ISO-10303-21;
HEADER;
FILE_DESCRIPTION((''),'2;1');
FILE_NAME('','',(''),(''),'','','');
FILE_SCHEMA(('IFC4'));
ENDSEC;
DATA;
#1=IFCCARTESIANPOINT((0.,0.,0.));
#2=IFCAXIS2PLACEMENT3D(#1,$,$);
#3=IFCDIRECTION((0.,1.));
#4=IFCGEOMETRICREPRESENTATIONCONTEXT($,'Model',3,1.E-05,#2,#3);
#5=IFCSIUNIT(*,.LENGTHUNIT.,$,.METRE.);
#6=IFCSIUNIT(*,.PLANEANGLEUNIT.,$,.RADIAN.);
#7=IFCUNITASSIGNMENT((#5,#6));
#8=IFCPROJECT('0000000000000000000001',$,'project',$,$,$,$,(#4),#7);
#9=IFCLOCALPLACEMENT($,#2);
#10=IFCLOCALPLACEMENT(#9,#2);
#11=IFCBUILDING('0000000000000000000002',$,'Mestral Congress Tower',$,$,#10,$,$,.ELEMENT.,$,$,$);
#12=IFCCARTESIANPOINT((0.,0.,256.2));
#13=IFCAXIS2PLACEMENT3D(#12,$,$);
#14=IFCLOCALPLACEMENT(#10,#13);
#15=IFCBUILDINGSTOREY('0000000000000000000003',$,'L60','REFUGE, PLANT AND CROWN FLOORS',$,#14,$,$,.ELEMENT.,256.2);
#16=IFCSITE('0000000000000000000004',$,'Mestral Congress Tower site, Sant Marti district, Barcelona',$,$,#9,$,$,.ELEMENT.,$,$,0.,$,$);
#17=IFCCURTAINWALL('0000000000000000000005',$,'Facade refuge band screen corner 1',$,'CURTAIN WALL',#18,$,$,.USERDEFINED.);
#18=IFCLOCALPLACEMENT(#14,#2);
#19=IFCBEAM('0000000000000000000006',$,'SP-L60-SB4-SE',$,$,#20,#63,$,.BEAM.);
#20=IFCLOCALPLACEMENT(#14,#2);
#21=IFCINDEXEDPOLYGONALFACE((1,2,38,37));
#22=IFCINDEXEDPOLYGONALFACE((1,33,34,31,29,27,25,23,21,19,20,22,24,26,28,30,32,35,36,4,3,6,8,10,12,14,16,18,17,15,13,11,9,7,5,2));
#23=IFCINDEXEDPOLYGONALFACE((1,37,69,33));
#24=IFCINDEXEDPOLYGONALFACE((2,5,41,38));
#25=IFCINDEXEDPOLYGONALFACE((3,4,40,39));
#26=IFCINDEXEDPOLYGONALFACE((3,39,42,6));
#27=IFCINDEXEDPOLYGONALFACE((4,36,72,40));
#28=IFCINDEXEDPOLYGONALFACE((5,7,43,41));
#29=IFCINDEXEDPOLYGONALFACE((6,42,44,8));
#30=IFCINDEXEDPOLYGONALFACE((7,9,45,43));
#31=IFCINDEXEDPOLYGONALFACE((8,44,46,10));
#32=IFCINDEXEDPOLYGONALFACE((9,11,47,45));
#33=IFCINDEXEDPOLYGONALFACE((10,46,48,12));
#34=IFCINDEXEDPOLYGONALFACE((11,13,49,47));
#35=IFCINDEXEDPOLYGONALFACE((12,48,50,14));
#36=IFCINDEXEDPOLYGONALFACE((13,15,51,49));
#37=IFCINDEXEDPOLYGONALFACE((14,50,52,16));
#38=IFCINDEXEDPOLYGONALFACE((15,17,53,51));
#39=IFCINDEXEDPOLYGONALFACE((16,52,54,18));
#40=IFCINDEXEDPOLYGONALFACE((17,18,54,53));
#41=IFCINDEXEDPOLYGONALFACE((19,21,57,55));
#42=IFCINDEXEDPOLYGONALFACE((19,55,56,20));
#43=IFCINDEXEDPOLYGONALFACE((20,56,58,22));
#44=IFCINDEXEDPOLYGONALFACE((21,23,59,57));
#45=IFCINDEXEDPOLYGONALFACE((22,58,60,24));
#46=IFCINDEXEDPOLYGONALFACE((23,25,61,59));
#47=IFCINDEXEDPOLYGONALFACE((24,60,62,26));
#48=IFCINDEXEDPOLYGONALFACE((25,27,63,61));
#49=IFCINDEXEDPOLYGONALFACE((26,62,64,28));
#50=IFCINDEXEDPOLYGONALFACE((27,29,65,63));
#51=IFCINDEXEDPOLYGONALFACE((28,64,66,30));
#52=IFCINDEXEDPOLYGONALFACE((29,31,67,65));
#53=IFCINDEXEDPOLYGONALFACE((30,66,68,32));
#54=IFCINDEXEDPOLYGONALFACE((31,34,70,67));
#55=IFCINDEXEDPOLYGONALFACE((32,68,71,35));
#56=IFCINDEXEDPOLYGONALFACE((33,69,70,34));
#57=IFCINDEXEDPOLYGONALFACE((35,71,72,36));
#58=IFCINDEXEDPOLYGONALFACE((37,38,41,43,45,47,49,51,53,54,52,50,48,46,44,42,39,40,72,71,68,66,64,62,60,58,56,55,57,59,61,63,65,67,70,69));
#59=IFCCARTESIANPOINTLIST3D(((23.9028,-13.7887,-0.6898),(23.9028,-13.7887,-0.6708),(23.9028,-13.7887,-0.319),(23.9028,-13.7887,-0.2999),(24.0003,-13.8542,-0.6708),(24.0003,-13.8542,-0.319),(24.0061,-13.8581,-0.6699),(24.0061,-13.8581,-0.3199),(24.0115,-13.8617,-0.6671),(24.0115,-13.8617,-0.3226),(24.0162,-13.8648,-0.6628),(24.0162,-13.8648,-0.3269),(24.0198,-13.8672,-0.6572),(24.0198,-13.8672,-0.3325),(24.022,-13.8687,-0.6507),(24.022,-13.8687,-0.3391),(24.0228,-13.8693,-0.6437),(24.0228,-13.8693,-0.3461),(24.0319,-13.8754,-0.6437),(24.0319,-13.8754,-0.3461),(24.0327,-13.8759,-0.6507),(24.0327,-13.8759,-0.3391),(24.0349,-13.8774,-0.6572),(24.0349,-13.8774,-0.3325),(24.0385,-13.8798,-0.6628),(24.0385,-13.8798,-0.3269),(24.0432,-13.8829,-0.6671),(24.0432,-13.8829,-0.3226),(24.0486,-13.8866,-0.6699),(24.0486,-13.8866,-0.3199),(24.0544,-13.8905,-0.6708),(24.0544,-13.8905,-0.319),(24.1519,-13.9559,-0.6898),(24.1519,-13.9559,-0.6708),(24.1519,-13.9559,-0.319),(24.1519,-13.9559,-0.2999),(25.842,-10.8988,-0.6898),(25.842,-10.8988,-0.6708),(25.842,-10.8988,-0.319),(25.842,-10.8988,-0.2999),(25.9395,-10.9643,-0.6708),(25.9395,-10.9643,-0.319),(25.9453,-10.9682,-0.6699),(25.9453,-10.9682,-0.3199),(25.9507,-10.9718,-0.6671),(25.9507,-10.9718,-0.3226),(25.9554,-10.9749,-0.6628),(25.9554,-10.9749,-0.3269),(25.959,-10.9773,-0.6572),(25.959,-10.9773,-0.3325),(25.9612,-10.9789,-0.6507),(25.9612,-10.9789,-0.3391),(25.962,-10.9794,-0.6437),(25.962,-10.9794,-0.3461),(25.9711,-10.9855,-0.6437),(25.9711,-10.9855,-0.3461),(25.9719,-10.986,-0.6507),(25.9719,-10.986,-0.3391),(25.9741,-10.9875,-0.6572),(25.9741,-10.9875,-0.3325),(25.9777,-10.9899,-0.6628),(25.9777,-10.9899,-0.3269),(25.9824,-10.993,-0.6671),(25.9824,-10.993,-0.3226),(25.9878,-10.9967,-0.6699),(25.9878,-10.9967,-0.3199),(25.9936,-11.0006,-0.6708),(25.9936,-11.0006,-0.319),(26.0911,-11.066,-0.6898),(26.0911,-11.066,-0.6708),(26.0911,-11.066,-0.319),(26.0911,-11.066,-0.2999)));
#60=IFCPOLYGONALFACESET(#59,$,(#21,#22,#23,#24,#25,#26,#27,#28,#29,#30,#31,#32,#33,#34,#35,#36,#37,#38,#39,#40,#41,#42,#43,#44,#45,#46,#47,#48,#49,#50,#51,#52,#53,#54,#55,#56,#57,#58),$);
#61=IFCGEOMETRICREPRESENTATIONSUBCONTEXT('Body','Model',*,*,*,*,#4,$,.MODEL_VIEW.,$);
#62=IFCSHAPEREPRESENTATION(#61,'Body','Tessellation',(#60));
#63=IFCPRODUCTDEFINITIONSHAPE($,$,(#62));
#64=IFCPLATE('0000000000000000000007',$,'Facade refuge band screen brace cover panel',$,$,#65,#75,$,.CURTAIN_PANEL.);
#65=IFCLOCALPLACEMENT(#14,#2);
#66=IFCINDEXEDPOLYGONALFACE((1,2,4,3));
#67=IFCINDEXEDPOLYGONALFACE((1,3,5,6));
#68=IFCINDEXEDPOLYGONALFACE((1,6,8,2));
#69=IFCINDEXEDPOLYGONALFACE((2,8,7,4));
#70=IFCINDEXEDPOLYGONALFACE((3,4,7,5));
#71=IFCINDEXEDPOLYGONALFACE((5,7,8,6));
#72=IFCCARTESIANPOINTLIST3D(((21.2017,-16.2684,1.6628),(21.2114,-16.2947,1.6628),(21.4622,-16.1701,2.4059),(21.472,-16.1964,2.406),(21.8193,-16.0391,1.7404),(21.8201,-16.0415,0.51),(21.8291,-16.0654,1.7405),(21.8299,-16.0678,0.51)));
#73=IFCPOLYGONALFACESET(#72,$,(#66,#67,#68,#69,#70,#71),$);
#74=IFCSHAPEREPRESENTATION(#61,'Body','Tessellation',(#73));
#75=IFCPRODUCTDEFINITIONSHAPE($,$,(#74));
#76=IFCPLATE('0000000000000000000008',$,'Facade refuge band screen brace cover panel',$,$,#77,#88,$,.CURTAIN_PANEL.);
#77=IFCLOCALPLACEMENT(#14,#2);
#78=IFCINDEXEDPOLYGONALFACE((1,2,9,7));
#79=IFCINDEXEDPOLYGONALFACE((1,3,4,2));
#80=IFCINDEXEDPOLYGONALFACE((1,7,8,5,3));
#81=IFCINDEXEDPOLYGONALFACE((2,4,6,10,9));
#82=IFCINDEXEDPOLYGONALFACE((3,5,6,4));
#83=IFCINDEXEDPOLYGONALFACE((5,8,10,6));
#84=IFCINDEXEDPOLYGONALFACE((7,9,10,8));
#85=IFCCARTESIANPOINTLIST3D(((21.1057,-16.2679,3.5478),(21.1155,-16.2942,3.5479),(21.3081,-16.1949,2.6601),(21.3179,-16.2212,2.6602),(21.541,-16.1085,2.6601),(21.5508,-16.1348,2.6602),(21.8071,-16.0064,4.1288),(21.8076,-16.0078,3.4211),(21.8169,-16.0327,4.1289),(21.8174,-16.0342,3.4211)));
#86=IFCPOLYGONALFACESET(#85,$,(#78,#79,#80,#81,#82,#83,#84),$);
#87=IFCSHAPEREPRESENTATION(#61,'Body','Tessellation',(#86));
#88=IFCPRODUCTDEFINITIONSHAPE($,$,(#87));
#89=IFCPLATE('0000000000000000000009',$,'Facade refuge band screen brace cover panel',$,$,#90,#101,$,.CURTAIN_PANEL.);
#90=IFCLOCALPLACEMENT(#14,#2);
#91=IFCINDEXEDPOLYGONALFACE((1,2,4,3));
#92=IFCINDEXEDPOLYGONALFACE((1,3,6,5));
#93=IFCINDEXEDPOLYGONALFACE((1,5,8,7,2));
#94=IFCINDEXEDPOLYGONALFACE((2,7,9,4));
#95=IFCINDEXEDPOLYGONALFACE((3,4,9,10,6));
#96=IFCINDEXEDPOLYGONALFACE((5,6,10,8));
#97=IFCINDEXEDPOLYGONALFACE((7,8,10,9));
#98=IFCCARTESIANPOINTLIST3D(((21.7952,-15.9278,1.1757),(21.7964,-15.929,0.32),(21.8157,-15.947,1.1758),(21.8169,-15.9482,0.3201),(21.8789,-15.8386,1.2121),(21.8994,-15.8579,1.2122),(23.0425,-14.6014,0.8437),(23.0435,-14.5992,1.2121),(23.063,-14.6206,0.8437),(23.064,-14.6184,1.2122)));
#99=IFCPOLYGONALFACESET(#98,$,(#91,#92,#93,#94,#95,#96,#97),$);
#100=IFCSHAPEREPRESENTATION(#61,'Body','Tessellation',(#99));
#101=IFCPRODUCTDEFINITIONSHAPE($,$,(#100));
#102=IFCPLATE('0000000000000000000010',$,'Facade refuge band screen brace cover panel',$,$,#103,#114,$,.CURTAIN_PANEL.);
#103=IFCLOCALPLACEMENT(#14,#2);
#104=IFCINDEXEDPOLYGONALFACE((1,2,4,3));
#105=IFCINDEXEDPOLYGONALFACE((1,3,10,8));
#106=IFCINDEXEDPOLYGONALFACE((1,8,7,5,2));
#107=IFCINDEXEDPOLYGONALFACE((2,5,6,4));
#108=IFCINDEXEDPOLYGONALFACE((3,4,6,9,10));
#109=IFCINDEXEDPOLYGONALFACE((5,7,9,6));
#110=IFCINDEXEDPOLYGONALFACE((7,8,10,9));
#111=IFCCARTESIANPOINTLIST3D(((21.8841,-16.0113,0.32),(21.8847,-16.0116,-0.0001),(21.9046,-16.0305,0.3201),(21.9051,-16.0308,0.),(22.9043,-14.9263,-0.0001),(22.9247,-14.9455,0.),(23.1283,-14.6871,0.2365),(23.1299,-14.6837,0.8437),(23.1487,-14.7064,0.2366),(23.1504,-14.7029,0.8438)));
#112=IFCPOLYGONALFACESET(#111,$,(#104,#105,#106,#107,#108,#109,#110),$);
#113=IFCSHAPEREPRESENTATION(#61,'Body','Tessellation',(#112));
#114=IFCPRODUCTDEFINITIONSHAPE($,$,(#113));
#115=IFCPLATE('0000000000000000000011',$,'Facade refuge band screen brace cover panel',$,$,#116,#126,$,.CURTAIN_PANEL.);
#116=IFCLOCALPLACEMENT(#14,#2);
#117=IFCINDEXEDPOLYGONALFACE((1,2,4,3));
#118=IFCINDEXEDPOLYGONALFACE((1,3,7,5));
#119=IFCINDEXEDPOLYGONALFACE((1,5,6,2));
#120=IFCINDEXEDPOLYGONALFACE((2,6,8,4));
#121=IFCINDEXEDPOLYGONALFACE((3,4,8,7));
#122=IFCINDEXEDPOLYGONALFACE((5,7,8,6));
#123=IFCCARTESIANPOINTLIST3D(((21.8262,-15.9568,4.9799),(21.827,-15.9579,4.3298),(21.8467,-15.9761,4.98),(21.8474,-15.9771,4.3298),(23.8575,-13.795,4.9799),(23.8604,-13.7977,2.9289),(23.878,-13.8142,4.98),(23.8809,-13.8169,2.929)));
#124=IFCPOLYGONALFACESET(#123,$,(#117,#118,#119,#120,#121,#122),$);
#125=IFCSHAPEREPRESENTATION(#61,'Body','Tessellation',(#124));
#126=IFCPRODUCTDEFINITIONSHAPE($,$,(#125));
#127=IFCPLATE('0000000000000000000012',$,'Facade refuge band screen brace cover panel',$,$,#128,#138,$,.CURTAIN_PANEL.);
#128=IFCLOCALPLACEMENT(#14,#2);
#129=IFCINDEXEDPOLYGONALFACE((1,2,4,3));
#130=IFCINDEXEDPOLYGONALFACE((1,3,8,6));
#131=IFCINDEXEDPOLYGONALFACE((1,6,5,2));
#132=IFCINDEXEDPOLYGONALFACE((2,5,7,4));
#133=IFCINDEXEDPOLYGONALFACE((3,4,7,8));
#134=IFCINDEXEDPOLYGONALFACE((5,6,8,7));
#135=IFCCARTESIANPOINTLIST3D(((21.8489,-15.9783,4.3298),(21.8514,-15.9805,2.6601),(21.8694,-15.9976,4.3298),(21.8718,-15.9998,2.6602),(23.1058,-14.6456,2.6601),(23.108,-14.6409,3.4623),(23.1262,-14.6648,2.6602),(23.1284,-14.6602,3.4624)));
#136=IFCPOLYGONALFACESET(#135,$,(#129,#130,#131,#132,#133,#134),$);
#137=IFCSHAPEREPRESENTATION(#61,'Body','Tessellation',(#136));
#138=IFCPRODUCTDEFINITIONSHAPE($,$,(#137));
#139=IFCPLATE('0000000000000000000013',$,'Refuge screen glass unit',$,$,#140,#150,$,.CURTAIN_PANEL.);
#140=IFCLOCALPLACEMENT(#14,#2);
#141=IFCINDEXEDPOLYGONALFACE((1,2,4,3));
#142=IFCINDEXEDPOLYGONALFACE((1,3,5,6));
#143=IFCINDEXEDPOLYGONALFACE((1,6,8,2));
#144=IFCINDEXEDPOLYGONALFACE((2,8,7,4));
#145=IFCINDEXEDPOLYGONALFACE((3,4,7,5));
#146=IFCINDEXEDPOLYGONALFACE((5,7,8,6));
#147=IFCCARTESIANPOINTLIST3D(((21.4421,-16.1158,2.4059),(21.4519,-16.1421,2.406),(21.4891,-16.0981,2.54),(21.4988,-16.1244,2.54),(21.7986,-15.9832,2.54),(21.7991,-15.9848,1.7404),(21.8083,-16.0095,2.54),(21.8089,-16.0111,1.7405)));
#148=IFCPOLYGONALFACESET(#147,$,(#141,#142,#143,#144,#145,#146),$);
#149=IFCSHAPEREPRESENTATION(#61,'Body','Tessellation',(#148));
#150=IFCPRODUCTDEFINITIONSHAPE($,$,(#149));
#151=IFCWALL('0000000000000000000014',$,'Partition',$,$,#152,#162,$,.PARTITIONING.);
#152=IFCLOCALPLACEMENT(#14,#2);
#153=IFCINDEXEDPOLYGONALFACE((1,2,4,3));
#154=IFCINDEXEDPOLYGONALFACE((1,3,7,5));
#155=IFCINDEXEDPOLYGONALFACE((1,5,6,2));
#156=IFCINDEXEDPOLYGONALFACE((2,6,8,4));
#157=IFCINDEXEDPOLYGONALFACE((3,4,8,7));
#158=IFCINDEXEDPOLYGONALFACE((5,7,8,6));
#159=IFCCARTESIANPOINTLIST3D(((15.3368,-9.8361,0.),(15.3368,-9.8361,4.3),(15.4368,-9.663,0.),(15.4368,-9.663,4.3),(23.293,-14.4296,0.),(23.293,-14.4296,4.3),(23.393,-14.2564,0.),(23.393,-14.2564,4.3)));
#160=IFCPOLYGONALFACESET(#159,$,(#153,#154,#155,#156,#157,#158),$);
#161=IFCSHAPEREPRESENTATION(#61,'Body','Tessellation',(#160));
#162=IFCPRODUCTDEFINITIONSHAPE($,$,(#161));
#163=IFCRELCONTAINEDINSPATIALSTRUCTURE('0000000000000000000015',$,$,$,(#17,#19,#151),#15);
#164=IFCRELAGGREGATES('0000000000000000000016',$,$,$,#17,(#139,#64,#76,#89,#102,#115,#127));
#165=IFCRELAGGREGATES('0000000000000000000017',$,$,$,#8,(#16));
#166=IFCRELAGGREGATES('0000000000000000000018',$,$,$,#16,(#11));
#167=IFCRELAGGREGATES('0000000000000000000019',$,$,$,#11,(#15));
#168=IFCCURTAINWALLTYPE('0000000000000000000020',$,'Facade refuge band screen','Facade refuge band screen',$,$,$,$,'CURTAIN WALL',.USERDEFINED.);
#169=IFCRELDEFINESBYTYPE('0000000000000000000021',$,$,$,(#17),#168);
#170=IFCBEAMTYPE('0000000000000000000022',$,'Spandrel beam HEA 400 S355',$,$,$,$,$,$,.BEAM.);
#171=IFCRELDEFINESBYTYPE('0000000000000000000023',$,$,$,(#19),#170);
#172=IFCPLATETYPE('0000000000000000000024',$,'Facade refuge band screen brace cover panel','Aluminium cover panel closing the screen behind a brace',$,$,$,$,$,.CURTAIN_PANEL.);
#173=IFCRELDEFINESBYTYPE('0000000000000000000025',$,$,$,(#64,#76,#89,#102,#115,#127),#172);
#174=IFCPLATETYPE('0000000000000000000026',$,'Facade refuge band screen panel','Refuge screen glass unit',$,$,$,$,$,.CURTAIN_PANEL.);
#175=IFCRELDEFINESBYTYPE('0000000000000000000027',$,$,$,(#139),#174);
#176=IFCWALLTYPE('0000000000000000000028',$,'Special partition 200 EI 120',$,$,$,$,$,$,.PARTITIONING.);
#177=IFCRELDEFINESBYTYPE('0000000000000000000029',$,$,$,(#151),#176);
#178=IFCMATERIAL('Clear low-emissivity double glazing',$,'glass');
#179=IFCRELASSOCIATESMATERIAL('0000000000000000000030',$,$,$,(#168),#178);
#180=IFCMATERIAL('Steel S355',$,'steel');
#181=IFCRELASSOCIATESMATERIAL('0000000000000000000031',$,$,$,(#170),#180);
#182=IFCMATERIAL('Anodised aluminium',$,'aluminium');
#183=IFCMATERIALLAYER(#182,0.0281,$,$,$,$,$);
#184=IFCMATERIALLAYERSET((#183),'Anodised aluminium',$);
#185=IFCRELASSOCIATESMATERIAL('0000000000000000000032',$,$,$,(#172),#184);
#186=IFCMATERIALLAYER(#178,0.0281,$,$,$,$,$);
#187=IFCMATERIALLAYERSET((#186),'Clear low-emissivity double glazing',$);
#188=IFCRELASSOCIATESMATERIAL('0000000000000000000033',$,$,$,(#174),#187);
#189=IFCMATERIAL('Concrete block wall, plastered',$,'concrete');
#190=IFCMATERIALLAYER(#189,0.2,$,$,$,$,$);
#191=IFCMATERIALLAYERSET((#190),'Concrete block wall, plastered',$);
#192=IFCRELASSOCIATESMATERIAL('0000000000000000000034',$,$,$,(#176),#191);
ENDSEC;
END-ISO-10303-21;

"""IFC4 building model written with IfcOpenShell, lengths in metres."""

from ifc_helpers import new_model, si_unit, direction, frame, frame_2d, origin, origin_2d, place, context, subcontext, project, spatial, polyline, rectangle, i_section, outline, extrude, material, layer, layer_set, material_profile, profile_set, type_object, element, aggregate, save


model = new_model("IFC4")

# Units and contexts
model_context = context("Model", 3, precision=1e-05, world=origin(), true_north=direction((0.0, 1.0)))
body_context = subcontext(model_context, "Body", "Model", "MODEL_VIEW")
ifc_project = project(units=[si_unit("LENGTHUNIT", "METRE"), si_unit("PLANEANGLEUNIT", "RADIAN")], contexts=[model_context])

# Site, building, storey
site_placement = place(None, origin())
site = spatial("IfcSite", under=ifc_project, at=site_placement, Name="Mestral Congress Tower site, Sant Marti district, Barcelona", CompositionType="ELEMENT", RefElevation=0.0)
building_placement = place(site_placement, origin())
building = spatial("IfcBuilding", under=site, at=building_placement, Name="Mestral Congress Tower", CompositionType="ELEMENT")
storey_placement = place(building_placement, frame((0.0, 0.0, 256.2)))
storey = spatial("IfcBuildingStorey", under=building, at=storey_placement, Name="L60", Description="REFUGE, PLANT AND CROWN FLOORS", CompositionType="ELEMENT", Elevation=256.2)

# Shared definitions
ifc_material_1 = material(Name="Steel S355", Category="steel")

# Curtain wall
ifc_material_2 = material(Name="Clear low-emissivity double glazing", Category="glass")
curtain_wall_type = type_object("IfcCurtainWallType", Name="Facade refuge band screen", Description="Facade refuge band screen", ElementType="CURTAIN WALL", PredefinedType="USERDEFINED", material=ifc_material_2)
curtain_wall_placement = place(storey_placement, origin())
curtain_wall = element("IfcCurtainWall", 1, at=curtain_wall_placement, inside=storey, type_object=curtain_wall_type, Name="Facade refuge band screen corner 1", ObjectType="CURTAIN WALL", PredefinedType="USERDEFINED")
ifc_material_3 = material(Name="Anodised aluminium", Category="aluminium")

# Beam
ifc_material_profile_1 = material_profile(ifc_material_1, i_section(OverallWidth=0.3, OverallDepth=0.3899, WebThickness=0.011, FlangeThickness=0.019, FilletRadius=0.0271, at=origin_2d()), Name="HEA 400")
ifc_profile_set_1 = profile_set([ifc_material_profile_1], Name="Steel S355")
beam_type_1 = type_object("IfcBeamType", Name="Spandrel beam HEA 400 S355", PredefinedType="BEAM", material=ifc_profile_set_1)
beam_1_placement = place(storey_placement, frame((24.0273, -13.8723, -0.4949), z_axis=(0.557207, 0.830374, 0.0), x_axis=(-0.830374, 0.557207, 0.0)))
element("IfcBeam", 2, at=beam_1_placement, inside=storey, type_object=beam_type_1, Name="SP-L60-SB4-SE", PredefinedType="BEAM", context=body_context, shape_type="SweptSolid", body=[
    extrude(i_section(OverallWidth=0.3, OverallDepth=0.3899, WebThickness=0.011, FlangeThickness=0.019, FilletRadius=0.0271, at=origin_2d()), origin(), (0.0, 0.0, 1.0), 3.4802),
])

# Plates
ifc_layer_1 = layer(ifc_material_3, 0.0281)
ifc_layer_set_1 = layer_set([ifc_layer_1], Name="Anodised aluminium")
plate_type_1 = type_object("IfcPlateType", Name="Facade refuge band screen brace cover panel", Description="Aluminium cover panel closing the screen behind a brace", PredefinedType="CURTAIN_PANEL", material=ifc_layer_set_1)
plate_1_placement = place(storey_placement, frame((21.8291, -16.0654, 1.7405), z_axis=(0.34773, -0.937592, 0.002017), x_axis=(0.000642, -0.001913, -0.999998)))
plate_1 = element("IfcPlate", 3, at=plate_1_placement, type_object=plate_type_1, Name="Facade refuge band screen brace cover panel", PredefinedType="CURTAIN_PANEL", context=body_context, shape_type="SweptSolid", body=[
    extrude(outline(polyline([(0.0, 0.0), (1.2305, 0.0), (0.0777, -0.6588), (-0.6655, -0.3804), (0.0, 0.0)])), origin(), (0.0, 0.0, -1.0), 0.0281),
])
plate_2_placement = place(storey_placement, frame((21.8169, -16.0327, 4.1289), z_axis=(0.347737, -0.93759, 0.002159), x_axis=(0.000682, -0.00205, -0.999998)))
plate_2 = element("IfcPlate", 4, at=plate_2_placement, type_object=plate_type_1, Name="Facade refuge band screen brace cover panel", PredefinedType="CURTAIN_PANEL", context=body_context, shape_type="SweptSolid", body=[
    extrude(outline(polyline([(0.0, 0.0), (0.7078, 0.0), (1.4688, -0.2849), (1.4688, -0.5333), (0.5811, -0.7485), (0.0, 0.0)])), origin(), (0.0, 0.0, -1.0), 0.0281),
])
plate_3_placement = place(storey_placement, frame((21.8169, -15.9482, 0.3201), z_axis=(0.728752, -0.684775, 0.001992), x_axis=(-0.001409, 0.00141, 0.999998)))
plate_3 = element("IfcPlate", 5, at=plate_3_placement, type_object=plate_type_1, Name="Facade refuge band screen brace cover panel", PredefinedType="CURTAIN_PANEL", context=body_context, shape_type="SweptSolid", body=[
    extrude(outline(polyline([(0.0, 0.0), (0.8557, 0.0), (0.8921, -0.1223), (0.8922, -1.823), (0.5238, -1.8208), (0.0, 0.0)])), origin(), (0.0, 0.0, -1.0), 0.0281),
])
plate_4_placement = place(storey_placement, frame((23.1504, -14.7029, 0.8438), z_axis=(0.728832, -0.68469, 0.001952), x_axis=(-0.002706, -0.005731, -0.99998)))
plate_4 = element("IfcPlate", 6, at=plate_4_placement, type_object=plate_type_1, Name="Facade refuge band screen brace cover panel", PredefinedType="CURTAIN_PANEL", context=body_context, shape_type="SweptSolid", body=[
    extrude(outline(polyline([(0.0, 0.0), (0.6072, 0.0), (0.8457, -0.3262), (0.8547, -1.8154), (0.5347, -1.8175), (0.0, 0.0)])), origin(), (0.0, 0.0, -1.0), 0.0281),
])
plate_5_placement = place(storey_placement, frame((21.8467, -15.9761, 4.98), z_axis=(0.728768, -0.684758, 0.001916), x_axis=(0.684759, 0.72877, 0.0)))
plate_5 = element("IfcPlate", 7, at=plate_5_placement, type_object=plate_type_1, Name="Facade refuge band screen brace cover panel", PredefinedType="CURTAIN_PANEL", context=body_context, shape_type="SweptSolid", body=[
    extrude(outline(polyline([(0.0, 0.0), (2.9664, 0.0), (2.9665, -2.051), (-0.0002, -0.6501), (0.0, 0.0)])), origin(), (0.0, 0.0, -1.0), 0.0281),
])
plate_6_placement = place(storey_placement, frame((23.1284, -14.6602, 3.4624), z_axis=(0.728753, -0.684774, 0.001966), x_axis=(-0.002737, -0.005784, -0.99998)))
plate_6 = element("IfcPlate", 8, at=plate_6_placement, type_object=plate_type_1, Name="Facade refuge band screen brace cover panel", PredefinedType="CURTAIN_PANEL", context=body_context, shape_type="SweptSolid", body=[
    extrude(outline(polyline([(0.0, 0.0), (0.8023, 0.0), (0.8134, -1.8318), (-0.8562, -1.842), (0.0, 0.0)])), origin(), (0.0, 0.0, -1.0), 0.0281),
])
ifc_layer_2 = layer(ifc_material_2, 0.0281)
ifc_layer_set_2 = layer_set([ifc_layer_2], Name="Clear low-emissivity double glazing")
plate_type_2 = type_object("IfcPlateType", Name="Facade refuge band screen panel", Description="Refuge screen glass unit", PredefinedType="CURTAIN_PANEL", material=ifc_layer_set_2)
plate_7_placement = place(storey_placement, frame((21.4519, -16.1421, 2.406), z_axis=(0.347901, -0.937529, 0.002083), x_axis=(0.327847, 0.123739, 0.936592)))
plate_7 = element("IfcPlate", 9, at=plate_7_placement, type_object=plate_type_2, Name="Refuge screen glass unit", PredefinedType="CURTAIN_PANEL", context=body_context, shape_type="SweptSolid", body=[
    extrude(outline(polyline([(0.0, 0.0), (0.1431, 0.0), (0.2588, -0.3092), (-0.4901, -0.5893), (0.0, 0.0)])), origin(), (0.0, 0.0, -1.0), 0.0281),
])

# Wall
ifc_material_4 = material(Name="Concrete block wall, plastered", Category="concrete")
ifc_layer_3 = layer(ifc_material_4, 0.2)
ifc_layer_set_3 = layer_set([ifc_layer_3], Name="Concrete block wall, plastered")
wall_type = type_object("IfcWallType", Name="Special partition 200 EI 120", PredefinedType="PARTITIONING", material=ifc_layer_set_3)
wall_placement = place(storey_placement, frame((23.343, -14.343, 0.0), z_axis=(0.0, 0.0, 1.0), x_axis=(-0.866028, 0.499995, 0.0)))
element("IfcWall", 10, at=wall_placement, inside=storey, type_object=wall_type, Name="Partition", PredefinedType="PARTITIONING", context=body_context, shape_type="SweptSolid", body=[
    extrude(rectangle(XDim=9.187, YDim=0.2, at=frame_2d((4.5935, 0.0))), origin(), (0.0, 0.0, 1.0), 4.3),
])

aggregate(curtain_wall, [plate_7, plate_1, plate_2, plate_3, plate_4, plate_5, plate_6])

save(model, "model.ifc")
